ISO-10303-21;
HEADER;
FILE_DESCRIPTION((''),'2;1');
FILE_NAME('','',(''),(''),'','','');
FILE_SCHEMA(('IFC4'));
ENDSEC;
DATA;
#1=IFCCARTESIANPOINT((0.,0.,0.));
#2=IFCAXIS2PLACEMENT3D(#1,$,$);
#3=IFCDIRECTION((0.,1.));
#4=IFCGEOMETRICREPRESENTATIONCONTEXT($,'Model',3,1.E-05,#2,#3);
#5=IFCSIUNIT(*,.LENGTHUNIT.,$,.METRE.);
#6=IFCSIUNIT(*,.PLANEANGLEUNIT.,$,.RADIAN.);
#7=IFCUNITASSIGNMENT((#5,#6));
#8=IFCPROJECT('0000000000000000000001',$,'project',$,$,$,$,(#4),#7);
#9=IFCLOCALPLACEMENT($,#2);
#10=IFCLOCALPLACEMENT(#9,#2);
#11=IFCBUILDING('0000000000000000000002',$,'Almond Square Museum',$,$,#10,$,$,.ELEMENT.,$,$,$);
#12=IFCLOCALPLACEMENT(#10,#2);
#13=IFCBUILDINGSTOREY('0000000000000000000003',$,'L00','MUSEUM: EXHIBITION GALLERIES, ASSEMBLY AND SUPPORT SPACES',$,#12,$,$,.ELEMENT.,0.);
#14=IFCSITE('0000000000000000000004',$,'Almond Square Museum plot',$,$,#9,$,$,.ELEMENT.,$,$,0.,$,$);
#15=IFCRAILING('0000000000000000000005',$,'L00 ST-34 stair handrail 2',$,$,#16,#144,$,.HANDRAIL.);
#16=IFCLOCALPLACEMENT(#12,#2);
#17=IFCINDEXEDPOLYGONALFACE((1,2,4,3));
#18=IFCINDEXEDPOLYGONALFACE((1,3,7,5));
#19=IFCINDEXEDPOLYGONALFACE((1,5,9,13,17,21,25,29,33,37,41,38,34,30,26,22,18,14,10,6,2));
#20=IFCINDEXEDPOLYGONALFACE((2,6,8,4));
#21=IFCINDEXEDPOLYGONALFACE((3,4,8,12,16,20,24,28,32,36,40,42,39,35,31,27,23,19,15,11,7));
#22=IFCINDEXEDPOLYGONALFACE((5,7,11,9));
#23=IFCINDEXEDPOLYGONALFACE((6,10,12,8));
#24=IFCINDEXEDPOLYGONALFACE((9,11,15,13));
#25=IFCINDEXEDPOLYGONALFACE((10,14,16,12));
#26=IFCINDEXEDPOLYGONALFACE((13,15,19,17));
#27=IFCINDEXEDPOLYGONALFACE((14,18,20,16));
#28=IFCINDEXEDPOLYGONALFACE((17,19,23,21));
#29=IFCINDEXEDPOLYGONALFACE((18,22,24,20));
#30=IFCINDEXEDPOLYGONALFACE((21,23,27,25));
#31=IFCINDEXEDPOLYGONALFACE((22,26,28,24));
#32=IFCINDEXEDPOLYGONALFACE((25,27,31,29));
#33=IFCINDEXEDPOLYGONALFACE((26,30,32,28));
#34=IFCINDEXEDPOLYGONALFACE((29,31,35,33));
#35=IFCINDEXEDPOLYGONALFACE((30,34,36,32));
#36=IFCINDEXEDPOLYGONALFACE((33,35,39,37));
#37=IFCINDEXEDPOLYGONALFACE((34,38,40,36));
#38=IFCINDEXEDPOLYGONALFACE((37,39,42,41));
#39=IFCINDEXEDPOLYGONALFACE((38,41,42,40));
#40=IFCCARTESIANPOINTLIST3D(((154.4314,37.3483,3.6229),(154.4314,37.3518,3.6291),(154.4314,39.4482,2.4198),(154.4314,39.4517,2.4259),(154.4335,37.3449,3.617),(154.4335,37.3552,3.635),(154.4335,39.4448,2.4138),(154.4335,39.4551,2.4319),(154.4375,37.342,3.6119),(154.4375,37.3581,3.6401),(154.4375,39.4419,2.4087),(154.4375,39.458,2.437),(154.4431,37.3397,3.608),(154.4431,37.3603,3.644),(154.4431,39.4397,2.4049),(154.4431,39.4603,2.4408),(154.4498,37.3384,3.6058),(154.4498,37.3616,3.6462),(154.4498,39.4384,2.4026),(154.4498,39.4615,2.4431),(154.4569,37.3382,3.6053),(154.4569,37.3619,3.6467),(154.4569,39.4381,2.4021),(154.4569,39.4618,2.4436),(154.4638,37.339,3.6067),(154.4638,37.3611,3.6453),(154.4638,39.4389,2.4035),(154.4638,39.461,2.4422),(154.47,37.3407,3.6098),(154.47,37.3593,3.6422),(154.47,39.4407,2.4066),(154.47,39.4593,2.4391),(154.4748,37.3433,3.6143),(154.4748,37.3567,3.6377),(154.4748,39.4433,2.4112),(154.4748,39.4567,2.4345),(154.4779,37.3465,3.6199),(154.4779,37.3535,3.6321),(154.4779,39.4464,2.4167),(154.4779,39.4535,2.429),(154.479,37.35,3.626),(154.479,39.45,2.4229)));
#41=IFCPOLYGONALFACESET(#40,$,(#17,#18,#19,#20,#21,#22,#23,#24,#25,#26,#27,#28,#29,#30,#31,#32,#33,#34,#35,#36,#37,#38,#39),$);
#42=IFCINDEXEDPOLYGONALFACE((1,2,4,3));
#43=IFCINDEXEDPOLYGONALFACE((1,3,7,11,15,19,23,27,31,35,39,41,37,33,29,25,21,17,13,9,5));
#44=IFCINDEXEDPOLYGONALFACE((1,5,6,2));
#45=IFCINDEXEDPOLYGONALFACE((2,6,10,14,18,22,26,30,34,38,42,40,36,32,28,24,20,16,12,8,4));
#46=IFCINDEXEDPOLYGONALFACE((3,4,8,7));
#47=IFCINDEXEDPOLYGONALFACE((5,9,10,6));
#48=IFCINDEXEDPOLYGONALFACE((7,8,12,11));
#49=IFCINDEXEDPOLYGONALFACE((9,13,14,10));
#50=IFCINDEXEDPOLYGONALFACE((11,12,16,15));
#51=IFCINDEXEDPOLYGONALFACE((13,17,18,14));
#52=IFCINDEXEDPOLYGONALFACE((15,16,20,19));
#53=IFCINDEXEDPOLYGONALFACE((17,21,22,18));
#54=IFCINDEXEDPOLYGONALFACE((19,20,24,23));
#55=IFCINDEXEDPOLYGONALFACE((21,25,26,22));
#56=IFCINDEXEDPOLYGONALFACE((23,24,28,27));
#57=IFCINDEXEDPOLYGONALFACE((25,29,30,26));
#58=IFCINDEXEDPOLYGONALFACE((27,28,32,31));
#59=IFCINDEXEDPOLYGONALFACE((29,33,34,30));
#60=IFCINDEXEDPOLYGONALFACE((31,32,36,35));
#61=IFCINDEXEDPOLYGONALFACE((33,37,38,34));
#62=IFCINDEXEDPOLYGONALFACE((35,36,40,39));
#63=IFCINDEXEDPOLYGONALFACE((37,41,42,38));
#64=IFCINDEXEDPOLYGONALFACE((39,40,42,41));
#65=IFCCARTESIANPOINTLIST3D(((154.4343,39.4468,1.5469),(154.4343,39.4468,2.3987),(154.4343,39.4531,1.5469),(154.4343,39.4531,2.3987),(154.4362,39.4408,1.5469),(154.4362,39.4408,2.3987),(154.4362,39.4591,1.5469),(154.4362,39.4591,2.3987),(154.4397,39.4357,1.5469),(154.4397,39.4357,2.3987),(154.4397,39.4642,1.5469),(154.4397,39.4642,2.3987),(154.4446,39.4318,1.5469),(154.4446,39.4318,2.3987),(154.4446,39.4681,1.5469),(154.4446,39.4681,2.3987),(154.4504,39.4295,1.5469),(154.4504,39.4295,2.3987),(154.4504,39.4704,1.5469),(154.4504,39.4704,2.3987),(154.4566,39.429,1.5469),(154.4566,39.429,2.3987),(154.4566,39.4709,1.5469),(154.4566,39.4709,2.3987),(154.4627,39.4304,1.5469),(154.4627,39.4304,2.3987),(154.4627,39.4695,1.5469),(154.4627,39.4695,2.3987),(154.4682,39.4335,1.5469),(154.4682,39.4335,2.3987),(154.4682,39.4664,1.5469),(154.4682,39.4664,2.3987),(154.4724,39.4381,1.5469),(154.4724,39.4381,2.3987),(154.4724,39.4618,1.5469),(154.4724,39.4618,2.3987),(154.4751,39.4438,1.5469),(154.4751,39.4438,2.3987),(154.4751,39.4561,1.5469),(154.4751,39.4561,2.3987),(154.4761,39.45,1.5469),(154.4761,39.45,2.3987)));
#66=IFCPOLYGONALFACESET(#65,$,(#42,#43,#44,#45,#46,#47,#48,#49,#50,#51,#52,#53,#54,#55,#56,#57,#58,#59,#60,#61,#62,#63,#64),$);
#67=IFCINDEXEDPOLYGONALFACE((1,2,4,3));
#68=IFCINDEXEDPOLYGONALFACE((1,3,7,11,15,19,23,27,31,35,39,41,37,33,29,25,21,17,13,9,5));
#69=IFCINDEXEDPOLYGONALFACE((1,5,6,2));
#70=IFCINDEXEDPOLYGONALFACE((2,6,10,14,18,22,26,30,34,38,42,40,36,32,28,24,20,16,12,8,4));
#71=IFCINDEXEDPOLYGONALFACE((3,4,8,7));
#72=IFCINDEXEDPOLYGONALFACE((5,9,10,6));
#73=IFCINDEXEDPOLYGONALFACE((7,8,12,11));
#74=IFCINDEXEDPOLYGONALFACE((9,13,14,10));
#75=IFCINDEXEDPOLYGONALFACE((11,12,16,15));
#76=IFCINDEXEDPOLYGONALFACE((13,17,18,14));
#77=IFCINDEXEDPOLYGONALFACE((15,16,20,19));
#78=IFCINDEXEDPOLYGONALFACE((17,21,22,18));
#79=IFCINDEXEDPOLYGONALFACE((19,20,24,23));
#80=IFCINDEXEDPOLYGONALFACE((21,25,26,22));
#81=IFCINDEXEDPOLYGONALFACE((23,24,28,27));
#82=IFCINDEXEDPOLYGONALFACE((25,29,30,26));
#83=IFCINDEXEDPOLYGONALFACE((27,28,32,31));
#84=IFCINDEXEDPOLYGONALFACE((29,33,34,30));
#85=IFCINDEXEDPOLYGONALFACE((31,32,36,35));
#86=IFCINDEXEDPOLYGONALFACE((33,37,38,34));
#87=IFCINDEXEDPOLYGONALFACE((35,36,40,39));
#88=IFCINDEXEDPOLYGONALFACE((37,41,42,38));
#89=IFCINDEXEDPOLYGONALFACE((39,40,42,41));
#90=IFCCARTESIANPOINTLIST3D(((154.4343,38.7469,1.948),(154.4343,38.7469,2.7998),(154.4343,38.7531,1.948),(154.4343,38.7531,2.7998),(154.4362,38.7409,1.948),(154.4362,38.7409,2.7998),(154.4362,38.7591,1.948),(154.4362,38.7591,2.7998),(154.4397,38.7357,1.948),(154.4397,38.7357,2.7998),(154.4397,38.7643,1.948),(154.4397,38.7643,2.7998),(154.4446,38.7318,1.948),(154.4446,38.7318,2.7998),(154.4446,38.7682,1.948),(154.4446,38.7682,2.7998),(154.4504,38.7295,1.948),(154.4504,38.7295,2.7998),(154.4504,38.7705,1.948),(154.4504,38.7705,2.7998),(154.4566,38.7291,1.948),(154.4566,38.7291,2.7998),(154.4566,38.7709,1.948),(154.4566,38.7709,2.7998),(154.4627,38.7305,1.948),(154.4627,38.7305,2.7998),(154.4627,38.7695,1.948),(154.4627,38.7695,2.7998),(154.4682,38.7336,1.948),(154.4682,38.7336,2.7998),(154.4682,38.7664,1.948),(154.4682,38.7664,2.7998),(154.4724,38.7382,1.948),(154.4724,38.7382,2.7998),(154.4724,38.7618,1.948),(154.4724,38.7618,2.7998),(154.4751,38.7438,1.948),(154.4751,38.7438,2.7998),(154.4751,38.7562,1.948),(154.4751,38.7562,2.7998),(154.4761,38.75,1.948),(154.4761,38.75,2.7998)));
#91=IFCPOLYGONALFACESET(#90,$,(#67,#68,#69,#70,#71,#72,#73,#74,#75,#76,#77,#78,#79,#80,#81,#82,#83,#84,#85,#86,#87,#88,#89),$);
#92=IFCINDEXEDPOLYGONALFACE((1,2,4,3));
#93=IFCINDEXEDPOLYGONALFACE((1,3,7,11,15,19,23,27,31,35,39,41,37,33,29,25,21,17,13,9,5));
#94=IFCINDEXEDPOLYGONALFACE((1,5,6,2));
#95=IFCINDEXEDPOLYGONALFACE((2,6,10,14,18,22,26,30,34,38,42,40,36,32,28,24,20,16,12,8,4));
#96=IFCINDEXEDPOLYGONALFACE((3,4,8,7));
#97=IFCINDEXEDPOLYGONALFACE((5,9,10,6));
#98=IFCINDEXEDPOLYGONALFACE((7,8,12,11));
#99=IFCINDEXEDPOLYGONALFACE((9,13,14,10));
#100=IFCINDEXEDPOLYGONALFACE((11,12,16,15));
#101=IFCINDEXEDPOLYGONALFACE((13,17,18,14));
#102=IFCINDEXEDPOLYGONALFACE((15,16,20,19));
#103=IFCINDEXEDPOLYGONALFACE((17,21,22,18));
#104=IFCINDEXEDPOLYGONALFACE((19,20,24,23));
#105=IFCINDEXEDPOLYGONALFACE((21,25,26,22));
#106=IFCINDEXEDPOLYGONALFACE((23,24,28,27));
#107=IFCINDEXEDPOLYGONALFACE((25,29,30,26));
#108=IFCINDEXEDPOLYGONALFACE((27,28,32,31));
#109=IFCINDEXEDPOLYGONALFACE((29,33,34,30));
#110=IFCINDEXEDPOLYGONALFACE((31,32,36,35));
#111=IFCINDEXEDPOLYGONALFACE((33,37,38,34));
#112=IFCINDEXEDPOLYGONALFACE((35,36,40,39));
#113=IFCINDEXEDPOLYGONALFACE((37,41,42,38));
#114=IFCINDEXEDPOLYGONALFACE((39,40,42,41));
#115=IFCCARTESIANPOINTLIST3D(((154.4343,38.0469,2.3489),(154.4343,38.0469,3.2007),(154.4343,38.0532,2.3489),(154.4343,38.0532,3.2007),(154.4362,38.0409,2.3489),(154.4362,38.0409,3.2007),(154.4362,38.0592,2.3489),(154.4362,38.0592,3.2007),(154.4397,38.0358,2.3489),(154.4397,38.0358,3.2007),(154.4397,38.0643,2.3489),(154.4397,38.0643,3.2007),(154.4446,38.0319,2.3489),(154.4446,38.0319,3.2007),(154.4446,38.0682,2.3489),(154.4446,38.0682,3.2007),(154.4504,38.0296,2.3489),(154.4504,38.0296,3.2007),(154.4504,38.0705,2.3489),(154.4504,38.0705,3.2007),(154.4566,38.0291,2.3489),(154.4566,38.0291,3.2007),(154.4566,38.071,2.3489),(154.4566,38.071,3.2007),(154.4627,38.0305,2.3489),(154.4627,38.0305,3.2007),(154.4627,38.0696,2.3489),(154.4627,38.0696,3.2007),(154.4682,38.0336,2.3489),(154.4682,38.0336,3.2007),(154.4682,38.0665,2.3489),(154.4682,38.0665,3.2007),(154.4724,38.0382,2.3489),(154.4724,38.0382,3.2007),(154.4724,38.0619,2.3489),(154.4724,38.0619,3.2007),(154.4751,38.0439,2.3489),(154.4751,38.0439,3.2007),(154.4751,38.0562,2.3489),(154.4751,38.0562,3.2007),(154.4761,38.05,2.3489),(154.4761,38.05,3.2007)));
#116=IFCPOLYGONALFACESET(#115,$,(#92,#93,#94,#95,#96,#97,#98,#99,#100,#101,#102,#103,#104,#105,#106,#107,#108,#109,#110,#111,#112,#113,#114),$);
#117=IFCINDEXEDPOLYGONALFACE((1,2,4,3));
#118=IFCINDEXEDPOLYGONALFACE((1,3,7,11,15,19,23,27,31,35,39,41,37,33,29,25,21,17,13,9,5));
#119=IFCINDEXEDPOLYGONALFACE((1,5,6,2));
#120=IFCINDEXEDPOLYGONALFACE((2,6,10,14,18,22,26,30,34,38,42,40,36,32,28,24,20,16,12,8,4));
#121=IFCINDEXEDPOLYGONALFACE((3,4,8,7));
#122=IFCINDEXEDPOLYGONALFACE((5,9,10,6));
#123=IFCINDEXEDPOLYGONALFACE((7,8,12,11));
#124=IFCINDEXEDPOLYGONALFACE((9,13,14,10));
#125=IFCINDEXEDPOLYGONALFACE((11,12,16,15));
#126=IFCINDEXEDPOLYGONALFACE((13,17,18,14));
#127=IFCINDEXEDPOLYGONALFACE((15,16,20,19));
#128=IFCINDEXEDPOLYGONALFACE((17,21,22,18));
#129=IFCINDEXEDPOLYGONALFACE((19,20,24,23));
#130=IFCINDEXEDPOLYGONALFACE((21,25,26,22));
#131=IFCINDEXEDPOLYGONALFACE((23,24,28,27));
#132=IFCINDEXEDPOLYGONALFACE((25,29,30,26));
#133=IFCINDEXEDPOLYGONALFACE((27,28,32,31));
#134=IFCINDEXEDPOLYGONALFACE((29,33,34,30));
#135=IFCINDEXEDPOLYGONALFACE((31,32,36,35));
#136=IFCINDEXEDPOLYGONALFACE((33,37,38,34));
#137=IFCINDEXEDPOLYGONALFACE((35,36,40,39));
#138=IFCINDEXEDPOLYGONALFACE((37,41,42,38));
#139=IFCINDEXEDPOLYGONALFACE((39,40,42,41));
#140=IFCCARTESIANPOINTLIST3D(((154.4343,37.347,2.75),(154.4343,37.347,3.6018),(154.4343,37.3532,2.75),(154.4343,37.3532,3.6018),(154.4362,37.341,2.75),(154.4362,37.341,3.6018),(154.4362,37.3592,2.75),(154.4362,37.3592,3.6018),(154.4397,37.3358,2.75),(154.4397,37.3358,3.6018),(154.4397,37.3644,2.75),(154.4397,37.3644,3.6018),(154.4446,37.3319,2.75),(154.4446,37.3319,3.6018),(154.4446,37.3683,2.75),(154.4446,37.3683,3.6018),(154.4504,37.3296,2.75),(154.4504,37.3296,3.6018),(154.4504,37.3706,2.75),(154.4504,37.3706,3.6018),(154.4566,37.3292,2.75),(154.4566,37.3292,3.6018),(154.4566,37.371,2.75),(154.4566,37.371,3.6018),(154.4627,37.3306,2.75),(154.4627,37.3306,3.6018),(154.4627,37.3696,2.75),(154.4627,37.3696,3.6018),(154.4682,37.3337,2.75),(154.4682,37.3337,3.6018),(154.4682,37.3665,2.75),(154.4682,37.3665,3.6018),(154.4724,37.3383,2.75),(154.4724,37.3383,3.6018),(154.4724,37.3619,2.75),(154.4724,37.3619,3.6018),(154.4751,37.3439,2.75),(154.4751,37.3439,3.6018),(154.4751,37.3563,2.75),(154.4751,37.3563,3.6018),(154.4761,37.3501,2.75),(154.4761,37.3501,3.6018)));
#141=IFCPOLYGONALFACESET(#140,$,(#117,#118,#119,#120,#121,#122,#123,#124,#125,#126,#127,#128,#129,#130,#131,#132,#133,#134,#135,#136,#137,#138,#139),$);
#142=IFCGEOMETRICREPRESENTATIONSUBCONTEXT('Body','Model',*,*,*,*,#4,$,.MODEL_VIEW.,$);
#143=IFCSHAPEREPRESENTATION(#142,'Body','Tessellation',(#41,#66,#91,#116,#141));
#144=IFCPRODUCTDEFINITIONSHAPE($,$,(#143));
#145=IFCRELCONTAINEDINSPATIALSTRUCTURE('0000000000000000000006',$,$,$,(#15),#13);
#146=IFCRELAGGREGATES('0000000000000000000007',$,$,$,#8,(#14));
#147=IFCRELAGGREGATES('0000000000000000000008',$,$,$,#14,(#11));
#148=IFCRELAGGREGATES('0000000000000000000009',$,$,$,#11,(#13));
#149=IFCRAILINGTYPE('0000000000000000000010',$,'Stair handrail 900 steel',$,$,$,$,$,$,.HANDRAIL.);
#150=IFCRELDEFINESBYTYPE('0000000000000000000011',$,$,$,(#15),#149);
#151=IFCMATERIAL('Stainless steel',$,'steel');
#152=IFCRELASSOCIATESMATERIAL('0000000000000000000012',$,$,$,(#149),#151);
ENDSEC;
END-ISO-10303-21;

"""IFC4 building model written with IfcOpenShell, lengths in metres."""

from ifc_helpers import new_model, si_unit, direction, frame, origin, origin_2d, place, context, subcontext, project, spatial, circle, extrude, material, type_object, element, save


model = new_model("IFC4")

# Units and contexts
model_context = context("Model", 3, precision=1e-05, world=origin(), true_north=direction((0.0, 1.0)))
body_context = subcontext(model_context, "Body", "Model", "MODEL_VIEW")
ifc_project = project(units=[si_unit("LENGTHUNIT", "METRE"), si_unit("PLANEANGLEUNIT", "RADIAN")], contexts=[model_context])

# Site, building, storey
site_placement = place(None, origin())
site = spatial("IfcSite", under=ifc_project, at=site_placement, Name="Almond Square Museum plot", CompositionType="ELEMENT", RefElevation=0.0)
building_placement = place(site_placement, origin())
building = spatial("IfcBuilding", under=site, at=building_placement, Name="Almond Square Museum", CompositionType="ELEMENT")
storey_placement = place(building_placement, origin())
storey = spatial("IfcBuildingStorey", under=building, at=storey_placement, Name="L00", Description="MUSEUM: EXHIBITION GALLERIES, ASSEMBLY AND SUPPORT SPACES", CompositionType="ELEMENT", Elevation=0.0)

# Railing
ifc_material_1 = material(Name="Stainless steel", Category="steel")
railing_type_1 = type_object("IfcRailingType", Name="Stair handrail 900 steel", PredefinedType="HANDRAIL", material=ifc_material_1)
for number, where, name in (
    (1, (154.4551, 39.45, 1.5469), "L00 ST-34 stair handrail 2"),
):
    element("IfcRailing", number, at=place(storey_placement, frame(where)), inside=storey, type_object=railing_type_1, Name=name, PredefinedType="HANDRAIL", context=body_context, shape_type="SweptSolid", body=[
        extrude(circle(Radius=0.0239, at=origin_2d()), frame((0.0, 0.0, 0.876), z_axis=(0.0, -0.867671, 0.497138), x_axis=(1.0, 0.0, 0.0)), (0.0, 0.0, 1.0), 2.4202),
        extrude(circle(Radius=0.021, at=origin_2d()), origin(), (0.0, 0.0, 1.0), 0.8518),
        extrude(circle(Radius=0.021, at=origin_2d()), frame((0.0, -0.7, 0.4011)), (0.0, 0.0, 1.0), 0.8518),
        extrude(circle(Radius=0.021, at=origin_2d()), frame((0.0, -1.3999, 0.802)), (0.0, 0.0, 1.0), 0.8518),
        extrude(circle(Radius=0.021, at=origin_2d()), frame((0.0, -2.0999, 1.2031)), (0.0, 0.0, 1.0), 0.8518),
    ])

save(model, "model.ifc")
